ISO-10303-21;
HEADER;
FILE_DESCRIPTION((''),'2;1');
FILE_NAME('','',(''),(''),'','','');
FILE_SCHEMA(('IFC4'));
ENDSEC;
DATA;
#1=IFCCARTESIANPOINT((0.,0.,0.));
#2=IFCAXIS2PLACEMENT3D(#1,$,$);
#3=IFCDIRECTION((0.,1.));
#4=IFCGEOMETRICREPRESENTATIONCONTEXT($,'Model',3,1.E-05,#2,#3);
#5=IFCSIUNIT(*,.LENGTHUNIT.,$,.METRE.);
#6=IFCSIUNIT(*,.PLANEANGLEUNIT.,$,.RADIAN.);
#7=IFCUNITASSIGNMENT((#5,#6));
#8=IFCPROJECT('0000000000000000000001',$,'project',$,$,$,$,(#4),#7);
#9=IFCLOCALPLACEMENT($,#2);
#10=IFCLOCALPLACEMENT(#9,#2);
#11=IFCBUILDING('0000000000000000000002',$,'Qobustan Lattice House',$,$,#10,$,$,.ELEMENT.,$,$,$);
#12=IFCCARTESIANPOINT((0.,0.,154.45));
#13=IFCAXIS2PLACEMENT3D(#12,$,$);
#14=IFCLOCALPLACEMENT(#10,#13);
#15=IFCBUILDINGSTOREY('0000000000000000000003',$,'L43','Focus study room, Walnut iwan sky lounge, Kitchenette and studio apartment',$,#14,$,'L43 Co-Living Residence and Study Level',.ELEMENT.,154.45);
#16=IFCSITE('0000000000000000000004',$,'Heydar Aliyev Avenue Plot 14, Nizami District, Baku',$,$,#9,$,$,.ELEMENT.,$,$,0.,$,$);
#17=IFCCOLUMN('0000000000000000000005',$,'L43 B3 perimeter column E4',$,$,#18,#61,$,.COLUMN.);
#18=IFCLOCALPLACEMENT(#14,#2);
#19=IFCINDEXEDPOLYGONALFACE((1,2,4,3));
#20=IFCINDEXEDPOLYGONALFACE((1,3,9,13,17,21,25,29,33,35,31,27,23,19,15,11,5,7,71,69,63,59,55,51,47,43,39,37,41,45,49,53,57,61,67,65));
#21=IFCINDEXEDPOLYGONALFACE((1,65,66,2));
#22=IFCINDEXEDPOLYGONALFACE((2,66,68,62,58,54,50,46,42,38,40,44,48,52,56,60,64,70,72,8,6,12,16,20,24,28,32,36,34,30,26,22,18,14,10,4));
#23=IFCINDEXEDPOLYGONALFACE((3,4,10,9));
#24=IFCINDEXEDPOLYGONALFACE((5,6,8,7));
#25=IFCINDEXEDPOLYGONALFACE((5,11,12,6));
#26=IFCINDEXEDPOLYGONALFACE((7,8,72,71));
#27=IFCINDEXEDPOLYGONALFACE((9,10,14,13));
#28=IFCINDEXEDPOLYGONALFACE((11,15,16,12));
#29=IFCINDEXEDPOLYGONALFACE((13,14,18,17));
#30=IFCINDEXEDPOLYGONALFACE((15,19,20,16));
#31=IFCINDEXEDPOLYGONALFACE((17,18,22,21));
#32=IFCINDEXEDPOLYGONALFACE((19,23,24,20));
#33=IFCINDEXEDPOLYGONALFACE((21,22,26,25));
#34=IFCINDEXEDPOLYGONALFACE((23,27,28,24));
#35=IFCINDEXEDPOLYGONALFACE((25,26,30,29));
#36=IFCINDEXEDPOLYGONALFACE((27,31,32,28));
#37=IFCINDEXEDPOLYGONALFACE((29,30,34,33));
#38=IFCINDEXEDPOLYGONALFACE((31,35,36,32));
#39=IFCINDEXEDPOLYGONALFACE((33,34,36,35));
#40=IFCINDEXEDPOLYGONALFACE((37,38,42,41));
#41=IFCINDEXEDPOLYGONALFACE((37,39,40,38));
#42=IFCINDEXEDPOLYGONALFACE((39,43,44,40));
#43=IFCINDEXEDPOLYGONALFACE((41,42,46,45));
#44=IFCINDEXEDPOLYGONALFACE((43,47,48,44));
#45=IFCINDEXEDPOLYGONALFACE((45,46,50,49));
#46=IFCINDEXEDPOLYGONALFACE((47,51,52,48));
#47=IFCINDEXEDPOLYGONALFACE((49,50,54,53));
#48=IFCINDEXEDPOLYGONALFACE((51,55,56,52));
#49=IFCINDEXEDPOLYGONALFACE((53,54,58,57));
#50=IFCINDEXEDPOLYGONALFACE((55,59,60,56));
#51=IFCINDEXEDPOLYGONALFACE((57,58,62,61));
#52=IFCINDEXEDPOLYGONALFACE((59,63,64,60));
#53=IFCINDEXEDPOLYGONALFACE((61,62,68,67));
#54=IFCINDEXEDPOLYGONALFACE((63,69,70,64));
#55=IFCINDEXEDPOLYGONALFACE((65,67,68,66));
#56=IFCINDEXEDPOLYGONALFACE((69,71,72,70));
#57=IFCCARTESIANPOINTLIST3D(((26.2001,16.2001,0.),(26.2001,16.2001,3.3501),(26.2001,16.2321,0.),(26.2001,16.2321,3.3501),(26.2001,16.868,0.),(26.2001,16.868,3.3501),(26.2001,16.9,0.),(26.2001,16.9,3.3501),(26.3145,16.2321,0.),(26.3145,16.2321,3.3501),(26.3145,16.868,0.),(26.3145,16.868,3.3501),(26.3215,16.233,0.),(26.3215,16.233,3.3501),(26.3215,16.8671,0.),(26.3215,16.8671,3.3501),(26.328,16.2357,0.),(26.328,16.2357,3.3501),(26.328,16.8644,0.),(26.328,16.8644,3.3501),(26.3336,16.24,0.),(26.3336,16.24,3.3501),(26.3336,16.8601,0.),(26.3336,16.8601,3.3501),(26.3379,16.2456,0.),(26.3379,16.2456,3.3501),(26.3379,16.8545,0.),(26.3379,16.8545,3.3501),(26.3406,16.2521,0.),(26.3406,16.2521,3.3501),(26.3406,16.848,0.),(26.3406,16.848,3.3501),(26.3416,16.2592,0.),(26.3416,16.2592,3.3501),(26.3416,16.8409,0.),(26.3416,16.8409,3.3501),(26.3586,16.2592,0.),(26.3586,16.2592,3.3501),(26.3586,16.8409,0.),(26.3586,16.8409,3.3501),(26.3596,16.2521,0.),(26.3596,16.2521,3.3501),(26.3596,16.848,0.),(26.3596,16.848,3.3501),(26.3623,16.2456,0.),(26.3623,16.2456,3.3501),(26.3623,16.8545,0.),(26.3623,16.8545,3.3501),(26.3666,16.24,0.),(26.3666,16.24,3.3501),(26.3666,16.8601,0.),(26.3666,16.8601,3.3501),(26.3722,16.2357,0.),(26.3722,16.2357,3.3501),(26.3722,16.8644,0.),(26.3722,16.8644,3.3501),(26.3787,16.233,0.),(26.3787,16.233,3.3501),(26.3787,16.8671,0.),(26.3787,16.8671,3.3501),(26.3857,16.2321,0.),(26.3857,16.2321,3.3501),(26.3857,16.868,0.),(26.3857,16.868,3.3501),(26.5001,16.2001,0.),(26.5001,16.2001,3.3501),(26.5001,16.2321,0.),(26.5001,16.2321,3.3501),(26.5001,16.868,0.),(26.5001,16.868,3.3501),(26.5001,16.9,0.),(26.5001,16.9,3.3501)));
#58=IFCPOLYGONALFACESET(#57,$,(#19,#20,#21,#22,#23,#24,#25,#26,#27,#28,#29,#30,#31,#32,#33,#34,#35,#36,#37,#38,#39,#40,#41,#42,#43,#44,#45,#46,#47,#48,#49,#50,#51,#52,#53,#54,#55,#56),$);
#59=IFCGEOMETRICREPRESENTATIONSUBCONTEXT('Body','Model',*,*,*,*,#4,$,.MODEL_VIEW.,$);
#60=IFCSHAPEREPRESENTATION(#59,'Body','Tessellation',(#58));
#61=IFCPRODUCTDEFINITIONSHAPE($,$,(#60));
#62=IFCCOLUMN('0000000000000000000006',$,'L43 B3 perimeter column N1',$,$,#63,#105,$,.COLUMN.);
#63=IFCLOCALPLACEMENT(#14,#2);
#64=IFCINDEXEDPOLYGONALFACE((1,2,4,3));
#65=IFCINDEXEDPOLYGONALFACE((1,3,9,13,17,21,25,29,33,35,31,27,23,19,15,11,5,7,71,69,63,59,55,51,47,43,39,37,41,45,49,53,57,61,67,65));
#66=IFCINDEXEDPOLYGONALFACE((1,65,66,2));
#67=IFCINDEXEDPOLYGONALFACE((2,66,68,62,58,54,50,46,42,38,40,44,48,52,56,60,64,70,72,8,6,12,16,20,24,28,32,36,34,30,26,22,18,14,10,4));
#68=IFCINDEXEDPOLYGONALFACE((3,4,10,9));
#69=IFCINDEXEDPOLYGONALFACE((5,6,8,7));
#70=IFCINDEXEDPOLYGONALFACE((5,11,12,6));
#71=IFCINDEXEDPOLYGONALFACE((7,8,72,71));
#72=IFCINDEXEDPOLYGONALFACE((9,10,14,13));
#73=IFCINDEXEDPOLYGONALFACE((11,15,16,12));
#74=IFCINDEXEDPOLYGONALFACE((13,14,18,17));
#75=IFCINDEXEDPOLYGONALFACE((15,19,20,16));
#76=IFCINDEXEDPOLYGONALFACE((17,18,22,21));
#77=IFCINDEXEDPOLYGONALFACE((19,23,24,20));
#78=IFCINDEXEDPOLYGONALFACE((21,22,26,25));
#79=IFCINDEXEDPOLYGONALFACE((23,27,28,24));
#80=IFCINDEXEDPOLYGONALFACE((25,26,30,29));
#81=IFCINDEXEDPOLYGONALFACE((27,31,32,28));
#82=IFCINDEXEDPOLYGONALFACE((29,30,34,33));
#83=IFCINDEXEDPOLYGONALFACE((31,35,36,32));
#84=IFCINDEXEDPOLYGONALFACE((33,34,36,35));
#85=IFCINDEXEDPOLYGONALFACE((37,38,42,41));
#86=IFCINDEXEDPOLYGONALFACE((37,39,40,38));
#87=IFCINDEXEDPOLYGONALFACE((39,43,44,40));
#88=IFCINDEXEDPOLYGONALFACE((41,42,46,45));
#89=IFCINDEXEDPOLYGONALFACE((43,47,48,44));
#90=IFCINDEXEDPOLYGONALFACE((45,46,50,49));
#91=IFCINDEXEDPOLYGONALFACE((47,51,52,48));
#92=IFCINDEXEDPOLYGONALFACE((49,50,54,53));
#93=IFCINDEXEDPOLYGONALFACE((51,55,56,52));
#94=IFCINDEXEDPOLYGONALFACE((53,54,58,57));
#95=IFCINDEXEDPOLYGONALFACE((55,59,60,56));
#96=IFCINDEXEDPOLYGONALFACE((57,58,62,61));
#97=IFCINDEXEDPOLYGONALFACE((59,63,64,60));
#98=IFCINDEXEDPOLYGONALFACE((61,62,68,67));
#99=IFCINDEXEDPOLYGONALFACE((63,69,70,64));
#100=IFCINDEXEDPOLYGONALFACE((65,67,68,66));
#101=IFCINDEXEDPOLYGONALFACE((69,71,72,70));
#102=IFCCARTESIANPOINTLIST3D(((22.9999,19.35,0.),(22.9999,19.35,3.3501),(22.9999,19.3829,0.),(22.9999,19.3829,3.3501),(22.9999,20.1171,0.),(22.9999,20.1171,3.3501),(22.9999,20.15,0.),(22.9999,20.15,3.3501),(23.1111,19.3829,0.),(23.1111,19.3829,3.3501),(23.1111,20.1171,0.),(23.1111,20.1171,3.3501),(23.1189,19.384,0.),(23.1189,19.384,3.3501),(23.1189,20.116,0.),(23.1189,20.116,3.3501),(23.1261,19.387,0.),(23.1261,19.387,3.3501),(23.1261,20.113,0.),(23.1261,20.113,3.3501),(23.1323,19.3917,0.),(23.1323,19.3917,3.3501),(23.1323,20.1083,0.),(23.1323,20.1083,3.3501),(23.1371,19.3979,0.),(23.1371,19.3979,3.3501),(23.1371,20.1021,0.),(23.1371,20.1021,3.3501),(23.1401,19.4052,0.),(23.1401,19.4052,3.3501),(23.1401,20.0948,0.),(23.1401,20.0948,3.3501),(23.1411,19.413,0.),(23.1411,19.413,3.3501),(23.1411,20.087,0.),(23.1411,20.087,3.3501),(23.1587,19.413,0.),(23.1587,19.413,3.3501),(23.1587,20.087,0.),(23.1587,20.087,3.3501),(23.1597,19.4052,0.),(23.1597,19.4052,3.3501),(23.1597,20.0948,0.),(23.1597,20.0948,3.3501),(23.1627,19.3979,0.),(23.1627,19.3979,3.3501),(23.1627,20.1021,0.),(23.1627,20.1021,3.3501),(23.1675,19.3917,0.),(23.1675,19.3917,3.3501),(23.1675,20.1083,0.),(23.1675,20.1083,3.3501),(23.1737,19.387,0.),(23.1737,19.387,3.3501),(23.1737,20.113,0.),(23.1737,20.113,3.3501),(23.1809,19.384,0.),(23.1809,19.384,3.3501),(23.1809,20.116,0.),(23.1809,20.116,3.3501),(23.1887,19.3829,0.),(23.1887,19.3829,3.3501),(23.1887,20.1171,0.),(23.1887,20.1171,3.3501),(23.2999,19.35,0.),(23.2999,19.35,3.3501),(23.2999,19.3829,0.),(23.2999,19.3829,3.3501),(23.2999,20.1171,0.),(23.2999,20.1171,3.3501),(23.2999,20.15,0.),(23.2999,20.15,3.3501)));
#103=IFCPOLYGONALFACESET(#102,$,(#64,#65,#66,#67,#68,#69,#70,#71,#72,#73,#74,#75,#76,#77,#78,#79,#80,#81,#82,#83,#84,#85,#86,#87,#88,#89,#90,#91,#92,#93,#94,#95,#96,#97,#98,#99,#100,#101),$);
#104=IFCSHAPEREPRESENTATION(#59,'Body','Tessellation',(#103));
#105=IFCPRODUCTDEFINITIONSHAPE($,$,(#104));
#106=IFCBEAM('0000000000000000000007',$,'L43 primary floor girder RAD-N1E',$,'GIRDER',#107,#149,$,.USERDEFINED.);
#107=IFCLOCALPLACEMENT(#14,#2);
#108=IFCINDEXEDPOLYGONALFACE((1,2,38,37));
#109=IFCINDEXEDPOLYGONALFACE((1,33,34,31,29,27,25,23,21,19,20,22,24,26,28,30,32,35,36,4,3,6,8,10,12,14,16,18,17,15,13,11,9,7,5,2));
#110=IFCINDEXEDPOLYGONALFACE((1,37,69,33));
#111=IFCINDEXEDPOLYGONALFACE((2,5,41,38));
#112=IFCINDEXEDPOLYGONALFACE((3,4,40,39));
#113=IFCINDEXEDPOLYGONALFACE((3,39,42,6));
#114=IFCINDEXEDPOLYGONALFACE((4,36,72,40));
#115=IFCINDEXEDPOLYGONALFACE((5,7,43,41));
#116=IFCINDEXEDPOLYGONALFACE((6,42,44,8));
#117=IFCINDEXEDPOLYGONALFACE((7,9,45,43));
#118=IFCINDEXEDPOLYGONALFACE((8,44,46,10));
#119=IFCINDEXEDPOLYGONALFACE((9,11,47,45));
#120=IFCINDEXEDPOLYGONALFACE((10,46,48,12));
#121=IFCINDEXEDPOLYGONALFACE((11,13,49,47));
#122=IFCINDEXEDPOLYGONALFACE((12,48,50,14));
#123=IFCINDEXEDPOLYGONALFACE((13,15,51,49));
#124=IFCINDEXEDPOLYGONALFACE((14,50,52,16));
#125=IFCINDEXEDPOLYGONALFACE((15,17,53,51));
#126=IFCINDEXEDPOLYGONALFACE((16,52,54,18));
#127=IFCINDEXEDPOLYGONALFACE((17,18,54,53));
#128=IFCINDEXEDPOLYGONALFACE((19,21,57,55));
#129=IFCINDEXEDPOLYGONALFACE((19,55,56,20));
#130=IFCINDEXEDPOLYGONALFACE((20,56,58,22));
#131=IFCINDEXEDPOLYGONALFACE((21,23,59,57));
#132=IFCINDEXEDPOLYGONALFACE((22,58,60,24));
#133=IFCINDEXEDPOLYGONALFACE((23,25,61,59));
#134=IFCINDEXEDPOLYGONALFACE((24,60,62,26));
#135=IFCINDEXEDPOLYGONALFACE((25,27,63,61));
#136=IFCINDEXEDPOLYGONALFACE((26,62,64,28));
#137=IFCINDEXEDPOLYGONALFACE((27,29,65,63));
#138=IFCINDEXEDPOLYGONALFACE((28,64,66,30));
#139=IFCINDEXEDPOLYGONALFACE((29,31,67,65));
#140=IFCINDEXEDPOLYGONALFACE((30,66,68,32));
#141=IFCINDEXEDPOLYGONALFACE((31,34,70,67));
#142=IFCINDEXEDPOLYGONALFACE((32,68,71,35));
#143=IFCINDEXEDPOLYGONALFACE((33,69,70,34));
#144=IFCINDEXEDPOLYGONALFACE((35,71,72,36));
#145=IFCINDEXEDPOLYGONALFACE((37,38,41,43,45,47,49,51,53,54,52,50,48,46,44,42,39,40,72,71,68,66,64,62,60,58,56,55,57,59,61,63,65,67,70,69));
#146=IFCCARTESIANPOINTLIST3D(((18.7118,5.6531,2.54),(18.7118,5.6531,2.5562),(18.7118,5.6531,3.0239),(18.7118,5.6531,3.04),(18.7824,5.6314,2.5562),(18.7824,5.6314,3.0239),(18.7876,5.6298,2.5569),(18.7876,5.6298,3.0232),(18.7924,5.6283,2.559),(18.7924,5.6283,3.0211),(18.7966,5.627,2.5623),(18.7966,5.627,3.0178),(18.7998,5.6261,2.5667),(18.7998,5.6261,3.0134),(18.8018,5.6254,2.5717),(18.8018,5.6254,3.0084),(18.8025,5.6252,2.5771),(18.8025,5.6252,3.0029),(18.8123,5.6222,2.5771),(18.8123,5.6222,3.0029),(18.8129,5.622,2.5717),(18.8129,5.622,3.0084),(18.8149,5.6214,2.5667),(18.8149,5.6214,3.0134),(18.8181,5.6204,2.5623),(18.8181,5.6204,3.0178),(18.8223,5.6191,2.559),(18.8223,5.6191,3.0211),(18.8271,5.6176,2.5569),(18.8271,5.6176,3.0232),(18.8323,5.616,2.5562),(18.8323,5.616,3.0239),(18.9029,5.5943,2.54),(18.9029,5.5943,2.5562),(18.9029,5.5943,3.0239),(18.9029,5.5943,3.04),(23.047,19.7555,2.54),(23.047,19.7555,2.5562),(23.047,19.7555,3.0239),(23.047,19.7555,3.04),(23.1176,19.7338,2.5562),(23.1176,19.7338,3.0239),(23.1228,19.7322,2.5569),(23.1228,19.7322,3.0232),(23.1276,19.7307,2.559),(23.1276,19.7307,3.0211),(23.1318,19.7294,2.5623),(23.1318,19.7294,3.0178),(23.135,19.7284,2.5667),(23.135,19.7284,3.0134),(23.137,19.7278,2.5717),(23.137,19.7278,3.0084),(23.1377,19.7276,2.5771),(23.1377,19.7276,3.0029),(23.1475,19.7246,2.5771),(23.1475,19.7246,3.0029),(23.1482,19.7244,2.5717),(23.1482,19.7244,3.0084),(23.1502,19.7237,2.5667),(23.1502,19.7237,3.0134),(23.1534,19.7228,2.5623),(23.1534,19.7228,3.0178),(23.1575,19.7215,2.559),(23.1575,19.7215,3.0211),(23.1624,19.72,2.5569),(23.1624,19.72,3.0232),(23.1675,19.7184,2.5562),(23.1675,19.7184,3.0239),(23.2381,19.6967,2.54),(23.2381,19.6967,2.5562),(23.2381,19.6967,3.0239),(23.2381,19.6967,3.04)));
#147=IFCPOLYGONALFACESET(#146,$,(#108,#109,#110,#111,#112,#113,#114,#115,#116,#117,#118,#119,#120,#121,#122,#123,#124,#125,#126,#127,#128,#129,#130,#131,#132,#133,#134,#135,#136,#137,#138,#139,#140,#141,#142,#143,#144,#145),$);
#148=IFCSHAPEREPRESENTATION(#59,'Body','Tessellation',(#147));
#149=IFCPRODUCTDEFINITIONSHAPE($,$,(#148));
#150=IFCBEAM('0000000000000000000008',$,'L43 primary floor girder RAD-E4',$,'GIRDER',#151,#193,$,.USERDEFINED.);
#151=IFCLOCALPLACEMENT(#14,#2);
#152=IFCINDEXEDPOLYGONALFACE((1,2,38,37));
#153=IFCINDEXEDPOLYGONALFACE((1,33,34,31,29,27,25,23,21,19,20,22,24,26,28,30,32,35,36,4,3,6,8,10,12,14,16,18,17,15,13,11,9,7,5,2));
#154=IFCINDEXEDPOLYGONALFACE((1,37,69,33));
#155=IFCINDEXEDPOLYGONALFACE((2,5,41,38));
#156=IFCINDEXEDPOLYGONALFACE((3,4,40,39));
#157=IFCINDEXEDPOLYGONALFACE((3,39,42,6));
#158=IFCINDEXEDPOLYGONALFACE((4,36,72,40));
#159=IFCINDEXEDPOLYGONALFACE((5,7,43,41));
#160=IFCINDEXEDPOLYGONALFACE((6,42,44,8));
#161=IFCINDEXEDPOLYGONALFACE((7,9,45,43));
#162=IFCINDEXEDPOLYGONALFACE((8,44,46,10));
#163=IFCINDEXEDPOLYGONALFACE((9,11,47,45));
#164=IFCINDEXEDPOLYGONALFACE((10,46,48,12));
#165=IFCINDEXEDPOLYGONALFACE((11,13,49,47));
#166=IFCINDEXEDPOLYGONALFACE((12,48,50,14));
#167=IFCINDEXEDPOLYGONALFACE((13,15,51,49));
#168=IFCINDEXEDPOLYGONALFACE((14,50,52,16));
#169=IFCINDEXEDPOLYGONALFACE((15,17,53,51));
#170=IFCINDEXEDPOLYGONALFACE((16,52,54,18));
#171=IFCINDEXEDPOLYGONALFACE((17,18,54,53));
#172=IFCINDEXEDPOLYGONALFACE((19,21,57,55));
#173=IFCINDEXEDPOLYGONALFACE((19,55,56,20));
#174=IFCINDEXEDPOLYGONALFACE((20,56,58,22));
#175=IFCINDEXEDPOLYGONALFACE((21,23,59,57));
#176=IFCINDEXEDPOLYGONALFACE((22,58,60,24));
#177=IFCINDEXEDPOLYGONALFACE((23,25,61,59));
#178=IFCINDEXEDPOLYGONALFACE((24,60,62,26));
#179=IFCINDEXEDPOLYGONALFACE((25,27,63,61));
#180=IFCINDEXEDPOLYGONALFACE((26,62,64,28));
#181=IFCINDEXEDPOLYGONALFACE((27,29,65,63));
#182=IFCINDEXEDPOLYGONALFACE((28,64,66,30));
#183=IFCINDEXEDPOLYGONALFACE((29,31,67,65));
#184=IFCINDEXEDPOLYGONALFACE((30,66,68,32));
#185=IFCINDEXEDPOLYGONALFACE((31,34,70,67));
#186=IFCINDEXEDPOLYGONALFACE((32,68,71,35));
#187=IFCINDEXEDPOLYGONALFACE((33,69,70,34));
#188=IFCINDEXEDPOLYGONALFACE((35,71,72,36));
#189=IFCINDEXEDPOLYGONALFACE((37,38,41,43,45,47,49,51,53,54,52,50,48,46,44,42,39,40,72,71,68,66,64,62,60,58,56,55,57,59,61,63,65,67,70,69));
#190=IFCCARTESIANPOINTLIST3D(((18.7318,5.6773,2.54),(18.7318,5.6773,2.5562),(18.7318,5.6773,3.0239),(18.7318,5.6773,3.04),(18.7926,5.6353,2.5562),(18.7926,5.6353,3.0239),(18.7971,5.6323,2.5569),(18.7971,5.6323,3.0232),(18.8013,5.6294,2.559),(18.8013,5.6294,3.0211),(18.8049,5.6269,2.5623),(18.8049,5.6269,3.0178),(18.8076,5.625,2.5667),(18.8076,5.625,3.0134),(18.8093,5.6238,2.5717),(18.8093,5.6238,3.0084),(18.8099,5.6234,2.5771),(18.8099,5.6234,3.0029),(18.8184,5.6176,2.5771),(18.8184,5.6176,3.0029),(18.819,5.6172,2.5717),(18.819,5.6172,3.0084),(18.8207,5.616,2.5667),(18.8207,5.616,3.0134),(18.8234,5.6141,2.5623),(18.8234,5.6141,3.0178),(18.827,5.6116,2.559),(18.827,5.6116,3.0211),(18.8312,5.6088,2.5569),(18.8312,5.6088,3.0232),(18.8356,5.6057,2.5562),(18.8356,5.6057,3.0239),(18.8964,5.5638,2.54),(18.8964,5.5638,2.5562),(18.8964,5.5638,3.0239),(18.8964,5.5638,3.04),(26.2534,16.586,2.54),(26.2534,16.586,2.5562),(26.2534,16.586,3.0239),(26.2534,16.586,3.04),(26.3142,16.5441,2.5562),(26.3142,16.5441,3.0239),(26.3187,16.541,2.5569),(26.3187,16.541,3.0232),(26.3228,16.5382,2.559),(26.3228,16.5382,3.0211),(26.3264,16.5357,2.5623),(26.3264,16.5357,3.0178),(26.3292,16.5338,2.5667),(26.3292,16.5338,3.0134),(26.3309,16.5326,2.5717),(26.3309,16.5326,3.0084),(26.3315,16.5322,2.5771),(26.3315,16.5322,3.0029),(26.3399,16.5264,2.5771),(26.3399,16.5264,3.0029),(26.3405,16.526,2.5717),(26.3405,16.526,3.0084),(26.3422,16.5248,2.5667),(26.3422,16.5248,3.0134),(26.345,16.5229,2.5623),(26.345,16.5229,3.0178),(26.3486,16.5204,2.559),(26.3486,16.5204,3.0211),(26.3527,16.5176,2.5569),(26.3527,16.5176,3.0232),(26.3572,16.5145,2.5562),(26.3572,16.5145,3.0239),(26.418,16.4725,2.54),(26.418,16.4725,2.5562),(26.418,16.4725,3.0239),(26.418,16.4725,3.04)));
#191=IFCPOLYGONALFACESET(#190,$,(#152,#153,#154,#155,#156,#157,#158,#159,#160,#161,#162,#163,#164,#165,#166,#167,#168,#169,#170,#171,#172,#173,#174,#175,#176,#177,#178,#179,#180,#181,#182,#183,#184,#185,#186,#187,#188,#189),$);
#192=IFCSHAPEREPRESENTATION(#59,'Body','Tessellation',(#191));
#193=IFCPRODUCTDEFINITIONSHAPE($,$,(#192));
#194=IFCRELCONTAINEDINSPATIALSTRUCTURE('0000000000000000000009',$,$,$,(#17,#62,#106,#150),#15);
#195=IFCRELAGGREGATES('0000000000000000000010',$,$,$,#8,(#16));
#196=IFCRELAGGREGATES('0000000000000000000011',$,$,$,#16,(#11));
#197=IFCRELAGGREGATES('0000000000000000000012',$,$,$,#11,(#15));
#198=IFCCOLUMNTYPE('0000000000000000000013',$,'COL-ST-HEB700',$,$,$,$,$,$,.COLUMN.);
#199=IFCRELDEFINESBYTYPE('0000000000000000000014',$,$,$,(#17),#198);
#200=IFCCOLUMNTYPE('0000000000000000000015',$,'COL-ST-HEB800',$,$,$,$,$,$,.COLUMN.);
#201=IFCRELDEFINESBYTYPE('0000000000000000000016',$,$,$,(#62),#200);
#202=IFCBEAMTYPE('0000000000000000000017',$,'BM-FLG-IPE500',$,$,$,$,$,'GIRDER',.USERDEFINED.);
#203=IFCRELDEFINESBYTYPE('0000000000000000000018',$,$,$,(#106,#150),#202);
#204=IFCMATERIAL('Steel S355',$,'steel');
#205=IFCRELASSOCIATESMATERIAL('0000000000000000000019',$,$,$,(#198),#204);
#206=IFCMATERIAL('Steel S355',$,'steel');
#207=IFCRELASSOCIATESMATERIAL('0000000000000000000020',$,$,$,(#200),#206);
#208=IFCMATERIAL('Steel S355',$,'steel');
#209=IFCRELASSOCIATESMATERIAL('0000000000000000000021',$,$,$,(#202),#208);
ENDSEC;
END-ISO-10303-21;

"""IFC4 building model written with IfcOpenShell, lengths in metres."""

from ifc_helpers import new_model, si_unit, direction, frame, origin, origin_2d, place, context, subcontext, project, spatial, i_section, extrude, material, material_profile, profile_set, type_object, element, save


model = new_model("IFC4")

# Units and contexts
model_context = context("Model", 3, precision=1e-05, world=origin(), true_north=direction((0.0, 1.0)))
body_context = subcontext(model_context, "Body", "Model", "MODEL_VIEW")
ifc_project = project(units=[si_unit("LENGTHUNIT", "METRE"), si_unit("PLANEANGLEUNIT", "RADIAN")], contexts=[model_context])

# Site, building, storey
site_placement = place(None, origin())
site = spatial("IfcSite", under=ifc_project, at=site_placement, Name="Heydar Aliyev Avenue Plot 14, Nizami District, Baku", CompositionType="ELEMENT", RefElevation=0.0)
building_placement = place(site_placement, origin())
building = spatial("IfcBuilding", under=site, at=building_placement, Name="Qobustan Lattice House", CompositionType="ELEMENT")
storey_placement = place(building_placement, frame((0.0, 0.0, 154.45)))
storey = spatial("IfcBuildingStorey", under=building, at=storey_placement, Name="L43", Description="Focus study room, Walnut iwan sky lounge, Kitchenette and studio apartment", LongName="L43 Co-Living Residence and Study Level", CompositionType="ELEMENT", Elevation=154.45)

# Columns
ifc_material_1 = material(Name="Steel S355", Category="steel")
ifc_material_profile_1 = material_profile(ifc_material_1, i_section(OverallWidth=0.3, OverallDepth=0.7, WebThickness=0.0171, FlangeThickness=0.032, FilletRadius=0.0271, at=origin_2d()), Name="HEB700")
ifc_profile_set_1 = profile_set([ifc_material_profile_1], Name="Steel S355")
column_type_1 = type_object("IfcColumnType", Name="COL-ST-HEB700", PredefinedType="COLUMN", material=ifc_profile_set_1)
column_1_placement = place(storey_placement, frame((26.3501, 16.55, 0.0), z_axis=(0.0, 0.0, 1.0), x_axis=(1.0, 0.0, 0.0)))
element("IfcColumn", 1, at=column_1_placement, inside=storey, type_object=column_type_1, Name="L43 B3 perimeter column E4", PredefinedType="COLUMN", context=body_context, shape_type="SweptSolid", body=[
    extrude(i_section(OverallWidth=0.3, OverallDepth=0.7, WebThickness=0.0171, FlangeThickness=0.032, FilletRadius=0.0271, at=origin_2d()), origin(), (0.0, 0.0, 1.0), 3.3501),
])
ifc_material_2 = material(Name="Steel S355", Category="steel")
ifc_material_profile_2 = material_profile(ifc_material_2, i_section(OverallWidth=0.3, OverallDepth=0.8, WebThickness=0.0176, FlangeThickness=0.033, FilletRadius=0.03, at=origin_2d()), Name="HEB800")
ifc_profile_set_2 = profile_set([ifc_material_profile_2], Name="Steel S355")
column_type_2 = type_object("IfcColumnType", Name="COL-ST-HEB800", PredefinedType="COLUMN", material=ifc_profile_set_2)
column_2_placement = place(storey_placement, frame((23.1499, 19.75, 0.0), z_axis=(0.0, 0.0, 1.0), x_axis=(1.0, 0.0, 0.0)))
element("IfcColumn", 2, at=column_2_placement, inside=storey, type_object=column_type_2, Name="L43 B3 perimeter column N1", PredefinedType="COLUMN", context=body_context, shape_type="SweptSolid", body=[
    extrude(i_section(OverallWidth=0.3, OverallDepth=0.8, WebThickness=0.0176, FlangeThickness=0.033, FilletRadius=0.03, at=origin_2d()), origin(), (0.0, 0.0, 1.0), 3.3501),
])

# Beams
ifc_material_3 = material(Name="Steel S355", Category="steel")
ifc_material_profile_3 = material_profile(ifc_material_3, i_section(OverallWidth=0.2, OverallDepth=0.5, WebThickness=0.0103, FlangeThickness=0.0161, FilletRadius=0.021, at=origin_2d()), Name="IPE500")
ifc_profile_set_3 = profile_set([ifc_material_profile_3], Name="Steel S355")
beam_type_1 = type_object("IfcBeamType", Name="BM-FLG-IPE500", ElementType="GIRDER", PredefinedType="USERDEFINED", material=ifc_profile_set_3)
beam_1_placement = place(storey_placement, frame((23.1426, 19.7261, 2.79), z_axis=(-0.29384, -0.955854, 0.0), x_axis=(0.955854, -0.29384, 0.0)))
element("IfcBeam", 3, at=beam_1_placement, inside=storey, type_object=beam_type_1, Name="L43 primary floor girder RAD-N1E", ObjectType="GIRDER", PredefinedType="USERDEFINED", context=body_context, shape_type="SweptSolid", body=[
    extrude(i_section(OverallWidth=0.2, OverallDepth=0.5, WebThickness=0.0103, FlangeThickness=0.0161, FilletRadius=0.021, at=origin_2d()), origin(), (0.0, 0.0, 1.0), 14.7537),
])
beam_2_placement = place(storey_placement, frame((26.3357, 16.5293, 2.79), z_axis=(-0.567643, -0.823275, 0.0), x_axis=(0.823275, -0.567643, 0.0)))
element("IfcBeam", 4, at=beam_2_placement, inside=storey, type_object=beam_type_1, Name="L43 primary floor girder RAD-E4", ObjectType="GIRDER", PredefinedType="USERDEFINED", context=body_context, shape_type="SweptSolid", body=[
    extrude(i_section(OverallWidth=0.2, OverallDepth=0.5, WebThickness=0.0103, FlangeThickness=0.0161, FilletRadius=0.021, at=origin_2d()), origin(), (0.0, 0.0, 1.0), 13.2505),
])

save(model, "model.ifc")
